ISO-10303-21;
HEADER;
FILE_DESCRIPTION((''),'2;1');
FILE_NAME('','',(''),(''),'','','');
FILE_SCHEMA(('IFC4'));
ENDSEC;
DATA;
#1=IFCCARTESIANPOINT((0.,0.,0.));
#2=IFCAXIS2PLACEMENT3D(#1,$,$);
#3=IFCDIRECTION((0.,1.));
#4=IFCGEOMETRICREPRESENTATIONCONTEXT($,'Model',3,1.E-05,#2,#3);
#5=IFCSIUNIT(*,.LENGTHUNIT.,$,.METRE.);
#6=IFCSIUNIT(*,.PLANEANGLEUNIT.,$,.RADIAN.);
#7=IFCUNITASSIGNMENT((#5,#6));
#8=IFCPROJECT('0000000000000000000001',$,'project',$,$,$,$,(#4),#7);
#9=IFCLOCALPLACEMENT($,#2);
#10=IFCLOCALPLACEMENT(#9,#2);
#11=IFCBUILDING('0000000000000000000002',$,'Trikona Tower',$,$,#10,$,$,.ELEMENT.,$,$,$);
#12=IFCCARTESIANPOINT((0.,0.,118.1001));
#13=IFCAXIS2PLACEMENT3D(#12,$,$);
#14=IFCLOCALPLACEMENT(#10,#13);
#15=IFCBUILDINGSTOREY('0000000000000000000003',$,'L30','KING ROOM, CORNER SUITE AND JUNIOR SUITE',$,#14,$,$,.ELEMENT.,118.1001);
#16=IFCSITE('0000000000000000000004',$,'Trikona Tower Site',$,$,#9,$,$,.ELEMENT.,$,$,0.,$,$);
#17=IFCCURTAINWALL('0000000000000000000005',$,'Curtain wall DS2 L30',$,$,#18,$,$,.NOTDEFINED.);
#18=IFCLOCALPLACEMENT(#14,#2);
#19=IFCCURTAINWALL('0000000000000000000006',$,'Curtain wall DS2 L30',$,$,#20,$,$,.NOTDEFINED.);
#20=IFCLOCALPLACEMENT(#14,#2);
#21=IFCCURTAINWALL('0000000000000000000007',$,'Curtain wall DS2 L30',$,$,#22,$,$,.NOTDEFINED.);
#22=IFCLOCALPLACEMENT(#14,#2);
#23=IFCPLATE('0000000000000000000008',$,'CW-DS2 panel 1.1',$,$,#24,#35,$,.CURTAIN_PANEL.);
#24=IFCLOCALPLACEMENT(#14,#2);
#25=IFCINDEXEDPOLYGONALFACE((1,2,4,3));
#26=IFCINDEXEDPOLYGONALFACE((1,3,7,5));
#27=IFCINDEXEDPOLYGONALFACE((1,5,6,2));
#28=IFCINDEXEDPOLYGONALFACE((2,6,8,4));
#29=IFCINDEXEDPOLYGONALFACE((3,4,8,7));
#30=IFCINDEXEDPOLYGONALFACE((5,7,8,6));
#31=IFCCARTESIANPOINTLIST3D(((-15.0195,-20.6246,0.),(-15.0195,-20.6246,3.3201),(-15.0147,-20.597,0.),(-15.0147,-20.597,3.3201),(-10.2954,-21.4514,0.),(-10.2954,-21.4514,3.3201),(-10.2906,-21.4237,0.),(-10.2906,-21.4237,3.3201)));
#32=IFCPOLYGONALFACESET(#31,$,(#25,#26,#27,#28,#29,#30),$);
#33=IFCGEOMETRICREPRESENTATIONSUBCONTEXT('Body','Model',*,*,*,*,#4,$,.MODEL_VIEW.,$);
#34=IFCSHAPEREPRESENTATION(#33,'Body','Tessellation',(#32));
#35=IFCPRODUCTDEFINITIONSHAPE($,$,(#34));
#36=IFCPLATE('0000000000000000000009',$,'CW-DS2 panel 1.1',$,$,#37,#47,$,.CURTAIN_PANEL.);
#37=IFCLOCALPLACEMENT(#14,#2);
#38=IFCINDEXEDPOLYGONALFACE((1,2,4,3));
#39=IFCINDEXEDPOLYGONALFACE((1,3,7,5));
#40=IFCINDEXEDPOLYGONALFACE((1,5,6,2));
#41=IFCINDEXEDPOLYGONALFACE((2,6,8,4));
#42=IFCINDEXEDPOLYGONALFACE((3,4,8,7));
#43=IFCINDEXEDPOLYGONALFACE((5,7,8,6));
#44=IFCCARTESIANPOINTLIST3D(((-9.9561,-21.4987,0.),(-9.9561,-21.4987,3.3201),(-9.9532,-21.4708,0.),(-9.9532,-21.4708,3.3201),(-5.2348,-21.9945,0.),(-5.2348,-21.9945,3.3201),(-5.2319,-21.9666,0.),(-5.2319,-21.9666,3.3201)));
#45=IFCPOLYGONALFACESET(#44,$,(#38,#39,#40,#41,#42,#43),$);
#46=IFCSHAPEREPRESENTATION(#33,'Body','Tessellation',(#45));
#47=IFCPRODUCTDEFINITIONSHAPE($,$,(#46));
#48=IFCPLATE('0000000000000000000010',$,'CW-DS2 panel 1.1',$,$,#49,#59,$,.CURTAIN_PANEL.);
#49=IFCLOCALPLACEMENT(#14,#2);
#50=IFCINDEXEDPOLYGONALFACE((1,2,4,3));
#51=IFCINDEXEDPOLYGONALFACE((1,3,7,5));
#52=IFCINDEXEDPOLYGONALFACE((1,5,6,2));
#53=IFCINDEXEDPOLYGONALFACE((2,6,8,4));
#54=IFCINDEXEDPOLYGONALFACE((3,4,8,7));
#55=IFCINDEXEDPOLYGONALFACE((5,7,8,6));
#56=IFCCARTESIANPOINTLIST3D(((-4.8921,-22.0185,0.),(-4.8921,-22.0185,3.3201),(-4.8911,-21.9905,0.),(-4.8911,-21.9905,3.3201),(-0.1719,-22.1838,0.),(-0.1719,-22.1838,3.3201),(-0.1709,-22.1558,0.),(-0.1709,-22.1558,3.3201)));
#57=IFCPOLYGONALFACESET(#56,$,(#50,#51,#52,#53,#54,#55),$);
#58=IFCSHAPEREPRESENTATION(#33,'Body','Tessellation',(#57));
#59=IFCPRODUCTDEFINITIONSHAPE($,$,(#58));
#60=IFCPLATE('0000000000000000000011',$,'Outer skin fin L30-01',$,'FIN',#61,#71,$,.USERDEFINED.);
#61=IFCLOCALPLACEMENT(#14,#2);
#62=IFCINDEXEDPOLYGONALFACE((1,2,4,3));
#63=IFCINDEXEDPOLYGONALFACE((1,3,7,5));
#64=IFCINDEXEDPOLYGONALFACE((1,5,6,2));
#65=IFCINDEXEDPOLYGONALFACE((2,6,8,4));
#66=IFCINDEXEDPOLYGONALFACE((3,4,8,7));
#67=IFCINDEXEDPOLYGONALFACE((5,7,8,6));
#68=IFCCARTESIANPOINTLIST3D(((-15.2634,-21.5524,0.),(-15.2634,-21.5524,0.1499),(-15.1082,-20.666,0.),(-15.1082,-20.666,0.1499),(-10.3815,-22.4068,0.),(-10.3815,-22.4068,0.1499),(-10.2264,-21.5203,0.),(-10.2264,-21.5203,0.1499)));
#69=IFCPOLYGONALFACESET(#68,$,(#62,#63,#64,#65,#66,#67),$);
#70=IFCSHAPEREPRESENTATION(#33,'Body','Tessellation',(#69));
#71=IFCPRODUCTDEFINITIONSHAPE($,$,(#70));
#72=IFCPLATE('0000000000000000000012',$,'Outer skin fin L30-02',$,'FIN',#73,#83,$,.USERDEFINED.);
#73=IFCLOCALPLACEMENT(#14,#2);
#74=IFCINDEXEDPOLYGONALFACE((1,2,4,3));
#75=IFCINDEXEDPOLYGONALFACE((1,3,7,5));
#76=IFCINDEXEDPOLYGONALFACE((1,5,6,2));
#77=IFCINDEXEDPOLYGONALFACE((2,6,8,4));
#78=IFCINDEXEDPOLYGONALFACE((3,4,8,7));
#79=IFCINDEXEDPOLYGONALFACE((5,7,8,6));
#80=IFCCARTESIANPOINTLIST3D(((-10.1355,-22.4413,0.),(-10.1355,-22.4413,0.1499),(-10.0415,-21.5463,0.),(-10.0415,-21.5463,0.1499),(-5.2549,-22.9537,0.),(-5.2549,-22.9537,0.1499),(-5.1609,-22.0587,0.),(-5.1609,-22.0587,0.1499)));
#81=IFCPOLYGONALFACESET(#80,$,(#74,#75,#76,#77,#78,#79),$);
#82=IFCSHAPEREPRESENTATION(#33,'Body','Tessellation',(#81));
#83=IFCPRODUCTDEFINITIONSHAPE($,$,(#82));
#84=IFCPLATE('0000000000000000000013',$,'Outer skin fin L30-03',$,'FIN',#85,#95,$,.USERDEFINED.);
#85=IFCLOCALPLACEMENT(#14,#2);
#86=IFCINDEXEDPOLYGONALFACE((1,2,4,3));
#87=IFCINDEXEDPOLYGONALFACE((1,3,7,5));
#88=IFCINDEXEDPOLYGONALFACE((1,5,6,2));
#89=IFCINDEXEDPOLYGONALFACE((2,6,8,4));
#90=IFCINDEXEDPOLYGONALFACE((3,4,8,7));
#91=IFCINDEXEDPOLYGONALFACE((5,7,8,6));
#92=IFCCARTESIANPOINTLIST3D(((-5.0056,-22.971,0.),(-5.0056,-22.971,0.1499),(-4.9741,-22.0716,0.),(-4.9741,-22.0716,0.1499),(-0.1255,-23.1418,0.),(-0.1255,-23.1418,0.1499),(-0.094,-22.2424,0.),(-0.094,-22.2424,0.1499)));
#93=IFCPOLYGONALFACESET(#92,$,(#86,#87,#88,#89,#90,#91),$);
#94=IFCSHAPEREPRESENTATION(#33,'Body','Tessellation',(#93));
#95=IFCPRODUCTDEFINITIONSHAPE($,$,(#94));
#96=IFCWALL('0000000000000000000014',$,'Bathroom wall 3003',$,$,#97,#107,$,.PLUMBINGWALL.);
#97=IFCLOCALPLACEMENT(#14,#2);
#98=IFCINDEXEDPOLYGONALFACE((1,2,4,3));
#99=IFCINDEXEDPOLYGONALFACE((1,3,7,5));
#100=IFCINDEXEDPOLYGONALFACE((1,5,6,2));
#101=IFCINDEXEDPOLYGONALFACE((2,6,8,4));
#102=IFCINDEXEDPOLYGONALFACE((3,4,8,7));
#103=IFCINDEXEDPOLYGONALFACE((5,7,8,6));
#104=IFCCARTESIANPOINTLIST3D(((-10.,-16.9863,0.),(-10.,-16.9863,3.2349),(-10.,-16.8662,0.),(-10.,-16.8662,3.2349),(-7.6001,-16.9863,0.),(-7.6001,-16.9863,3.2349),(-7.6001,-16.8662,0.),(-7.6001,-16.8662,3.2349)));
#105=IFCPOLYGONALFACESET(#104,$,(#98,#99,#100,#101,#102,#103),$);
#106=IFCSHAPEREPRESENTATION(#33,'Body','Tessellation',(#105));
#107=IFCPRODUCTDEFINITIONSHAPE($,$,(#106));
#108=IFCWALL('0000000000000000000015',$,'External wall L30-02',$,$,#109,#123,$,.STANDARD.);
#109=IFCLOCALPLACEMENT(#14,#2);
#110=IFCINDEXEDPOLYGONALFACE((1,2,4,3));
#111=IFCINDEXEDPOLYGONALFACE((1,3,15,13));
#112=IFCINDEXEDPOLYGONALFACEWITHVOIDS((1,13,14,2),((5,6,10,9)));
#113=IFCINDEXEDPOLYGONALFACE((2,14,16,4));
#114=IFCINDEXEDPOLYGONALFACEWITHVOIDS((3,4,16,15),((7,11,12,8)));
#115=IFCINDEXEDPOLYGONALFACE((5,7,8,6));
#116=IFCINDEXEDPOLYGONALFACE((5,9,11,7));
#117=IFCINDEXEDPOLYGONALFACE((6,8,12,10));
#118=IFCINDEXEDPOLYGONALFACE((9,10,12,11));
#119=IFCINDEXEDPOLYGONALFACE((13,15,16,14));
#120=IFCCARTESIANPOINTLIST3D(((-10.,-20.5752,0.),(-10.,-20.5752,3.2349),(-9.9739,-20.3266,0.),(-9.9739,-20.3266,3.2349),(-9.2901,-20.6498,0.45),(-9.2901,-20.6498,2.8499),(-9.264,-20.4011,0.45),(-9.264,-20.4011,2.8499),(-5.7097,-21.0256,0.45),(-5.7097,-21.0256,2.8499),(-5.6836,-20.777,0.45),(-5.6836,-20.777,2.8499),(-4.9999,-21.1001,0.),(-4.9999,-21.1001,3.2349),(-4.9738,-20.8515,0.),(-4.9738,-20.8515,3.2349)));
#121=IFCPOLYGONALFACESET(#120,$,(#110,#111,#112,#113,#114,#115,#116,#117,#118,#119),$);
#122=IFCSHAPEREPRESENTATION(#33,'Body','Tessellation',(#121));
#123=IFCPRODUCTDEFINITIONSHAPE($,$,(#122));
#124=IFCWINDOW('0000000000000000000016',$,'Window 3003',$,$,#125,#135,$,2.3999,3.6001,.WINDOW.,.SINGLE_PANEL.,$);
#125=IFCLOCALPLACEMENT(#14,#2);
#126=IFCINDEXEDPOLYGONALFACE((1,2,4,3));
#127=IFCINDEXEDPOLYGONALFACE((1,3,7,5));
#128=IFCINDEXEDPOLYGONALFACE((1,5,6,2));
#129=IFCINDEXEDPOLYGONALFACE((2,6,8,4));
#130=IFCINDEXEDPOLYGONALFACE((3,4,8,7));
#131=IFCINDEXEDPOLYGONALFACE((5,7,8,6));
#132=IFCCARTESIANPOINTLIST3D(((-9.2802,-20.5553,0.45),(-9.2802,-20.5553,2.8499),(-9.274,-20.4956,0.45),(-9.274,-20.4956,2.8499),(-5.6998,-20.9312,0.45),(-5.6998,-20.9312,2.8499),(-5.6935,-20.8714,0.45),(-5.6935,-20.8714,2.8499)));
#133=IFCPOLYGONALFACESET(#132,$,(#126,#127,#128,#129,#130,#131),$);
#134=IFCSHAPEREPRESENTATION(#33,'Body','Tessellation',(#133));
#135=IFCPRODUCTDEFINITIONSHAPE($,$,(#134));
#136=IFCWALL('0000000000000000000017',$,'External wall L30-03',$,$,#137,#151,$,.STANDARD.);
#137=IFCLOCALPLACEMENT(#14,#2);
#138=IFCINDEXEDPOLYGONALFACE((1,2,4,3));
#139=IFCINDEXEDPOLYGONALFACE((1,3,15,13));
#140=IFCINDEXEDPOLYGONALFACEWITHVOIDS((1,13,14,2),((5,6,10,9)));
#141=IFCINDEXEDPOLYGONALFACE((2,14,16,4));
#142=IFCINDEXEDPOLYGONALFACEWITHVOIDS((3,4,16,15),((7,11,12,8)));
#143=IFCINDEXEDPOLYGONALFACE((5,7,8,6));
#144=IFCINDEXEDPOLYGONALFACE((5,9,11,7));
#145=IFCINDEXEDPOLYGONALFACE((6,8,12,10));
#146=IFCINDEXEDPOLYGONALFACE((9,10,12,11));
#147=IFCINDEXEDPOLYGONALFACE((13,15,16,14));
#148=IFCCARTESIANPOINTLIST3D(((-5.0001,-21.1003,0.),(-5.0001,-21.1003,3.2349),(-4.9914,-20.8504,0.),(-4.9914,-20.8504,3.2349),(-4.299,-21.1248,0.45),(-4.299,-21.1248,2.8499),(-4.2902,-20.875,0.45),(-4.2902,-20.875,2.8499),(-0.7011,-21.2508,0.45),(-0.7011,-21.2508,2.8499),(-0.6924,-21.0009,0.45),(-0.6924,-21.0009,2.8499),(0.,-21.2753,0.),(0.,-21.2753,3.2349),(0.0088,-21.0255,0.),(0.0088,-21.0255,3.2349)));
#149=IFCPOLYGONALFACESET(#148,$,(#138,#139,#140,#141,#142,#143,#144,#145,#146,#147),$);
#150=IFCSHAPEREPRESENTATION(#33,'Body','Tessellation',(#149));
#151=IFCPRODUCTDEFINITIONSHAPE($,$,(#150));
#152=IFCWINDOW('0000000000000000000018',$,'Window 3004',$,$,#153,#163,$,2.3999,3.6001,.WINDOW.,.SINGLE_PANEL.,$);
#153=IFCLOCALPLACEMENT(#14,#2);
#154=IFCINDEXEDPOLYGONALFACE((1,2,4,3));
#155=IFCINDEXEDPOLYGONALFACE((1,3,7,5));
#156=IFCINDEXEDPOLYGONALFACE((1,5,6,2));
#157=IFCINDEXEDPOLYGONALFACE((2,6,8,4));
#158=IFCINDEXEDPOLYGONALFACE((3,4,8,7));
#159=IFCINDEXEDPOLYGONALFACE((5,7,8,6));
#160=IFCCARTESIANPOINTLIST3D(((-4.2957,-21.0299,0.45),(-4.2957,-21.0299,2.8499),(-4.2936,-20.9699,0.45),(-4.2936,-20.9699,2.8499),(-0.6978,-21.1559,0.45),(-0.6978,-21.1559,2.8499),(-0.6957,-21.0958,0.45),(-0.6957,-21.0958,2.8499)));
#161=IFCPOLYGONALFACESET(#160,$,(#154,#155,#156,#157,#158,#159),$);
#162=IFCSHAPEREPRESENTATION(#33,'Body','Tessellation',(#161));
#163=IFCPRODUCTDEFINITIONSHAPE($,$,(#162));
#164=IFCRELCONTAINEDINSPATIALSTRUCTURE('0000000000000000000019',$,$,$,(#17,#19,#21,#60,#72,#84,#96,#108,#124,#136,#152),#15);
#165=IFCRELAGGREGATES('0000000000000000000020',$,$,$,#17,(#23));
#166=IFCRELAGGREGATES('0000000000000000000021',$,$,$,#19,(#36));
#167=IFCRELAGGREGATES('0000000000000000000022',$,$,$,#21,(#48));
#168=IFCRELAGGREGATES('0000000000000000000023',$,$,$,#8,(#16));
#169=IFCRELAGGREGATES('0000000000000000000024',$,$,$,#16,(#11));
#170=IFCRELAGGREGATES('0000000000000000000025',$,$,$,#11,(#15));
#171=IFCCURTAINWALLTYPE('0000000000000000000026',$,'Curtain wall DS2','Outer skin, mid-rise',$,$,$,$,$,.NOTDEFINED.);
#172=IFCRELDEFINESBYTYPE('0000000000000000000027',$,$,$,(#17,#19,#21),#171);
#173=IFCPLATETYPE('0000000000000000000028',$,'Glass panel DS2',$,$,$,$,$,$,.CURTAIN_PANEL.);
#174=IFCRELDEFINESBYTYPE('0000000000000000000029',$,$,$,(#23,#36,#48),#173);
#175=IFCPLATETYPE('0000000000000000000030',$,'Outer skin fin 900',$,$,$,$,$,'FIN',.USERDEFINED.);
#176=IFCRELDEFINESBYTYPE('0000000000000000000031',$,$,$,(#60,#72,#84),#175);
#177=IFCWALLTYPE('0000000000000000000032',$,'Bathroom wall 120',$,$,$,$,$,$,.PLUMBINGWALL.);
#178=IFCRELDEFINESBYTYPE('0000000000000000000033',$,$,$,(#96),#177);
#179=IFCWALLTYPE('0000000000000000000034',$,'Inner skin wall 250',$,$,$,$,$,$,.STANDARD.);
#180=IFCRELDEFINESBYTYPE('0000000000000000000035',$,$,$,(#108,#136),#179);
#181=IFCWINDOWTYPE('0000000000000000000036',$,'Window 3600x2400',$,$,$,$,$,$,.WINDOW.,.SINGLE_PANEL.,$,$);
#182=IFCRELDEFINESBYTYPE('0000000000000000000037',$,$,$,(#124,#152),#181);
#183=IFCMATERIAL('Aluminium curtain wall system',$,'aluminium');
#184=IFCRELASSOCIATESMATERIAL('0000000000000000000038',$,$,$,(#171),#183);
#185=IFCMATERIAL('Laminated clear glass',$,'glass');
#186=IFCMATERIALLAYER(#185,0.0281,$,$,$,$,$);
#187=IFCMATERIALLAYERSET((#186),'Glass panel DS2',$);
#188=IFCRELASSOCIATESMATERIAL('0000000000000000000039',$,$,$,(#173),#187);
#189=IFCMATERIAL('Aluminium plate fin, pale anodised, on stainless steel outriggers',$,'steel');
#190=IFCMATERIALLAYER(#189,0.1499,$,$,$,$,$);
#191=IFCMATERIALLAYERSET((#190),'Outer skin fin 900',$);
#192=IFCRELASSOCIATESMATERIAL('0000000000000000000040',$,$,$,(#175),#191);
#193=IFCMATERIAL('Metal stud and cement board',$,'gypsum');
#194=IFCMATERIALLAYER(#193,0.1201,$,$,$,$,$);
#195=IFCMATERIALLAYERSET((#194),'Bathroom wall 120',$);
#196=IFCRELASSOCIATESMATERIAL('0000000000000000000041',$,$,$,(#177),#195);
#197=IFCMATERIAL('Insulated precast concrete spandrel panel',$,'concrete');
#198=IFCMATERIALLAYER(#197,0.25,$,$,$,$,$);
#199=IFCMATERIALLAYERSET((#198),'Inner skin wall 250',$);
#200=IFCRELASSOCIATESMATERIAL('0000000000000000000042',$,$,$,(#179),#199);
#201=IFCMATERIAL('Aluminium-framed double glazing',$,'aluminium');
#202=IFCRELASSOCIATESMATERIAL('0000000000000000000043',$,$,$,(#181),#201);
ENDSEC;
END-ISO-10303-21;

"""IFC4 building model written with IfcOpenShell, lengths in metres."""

from ifc_helpers import new_model, si_unit, direction, frame, frame_2d, origin, origin_2d, place, context, subcontext, project, spatial, rectangle, extrude, material, layer, layer_set, type_object, element, fill, aggregate, save


model = new_model("IFC4")

# Units and contexts
model_context = context("Model", 3, precision=1e-05, world=origin(), true_north=direction((0.0, 1.0)))
body_context = subcontext(model_context, "Body", "Model", "MODEL_VIEW")
ifc_project = project(units=[si_unit("LENGTHUNIT", "METRE"), si_unit("PLANEANGLEUNIT", "RADIAN")], contexts=[model_context])

# Site, building, storey
site_placement = place(None, origin())
site = spatial("IfcSite", under=ifc_project, at=site_placement, Name="Trikona Tower Site", CompositionType="ELEMENT", RefElevation=0.0)
building_placement = place(site_placement, origin())
building = spatial("IfcBuilding", under=site, at=building_placement, Name="Trikona Tower", CompositionType="ELEMENT")
storey_placement = place(building_placement, frame((0.0, 0.0, 118.1001)))
storey = spatial("IfcBuildingStorey", under=building, at=storey_placement, Name="L30", Description="KING ROOM, CORNER SUITE AND JUNIOR SUITE", CompositionType="ELEMENT", Elevation=118.1001)

# Curtain wall
ifc_material_1 = material(Name="Aluminium curtain wall system", Category="aluminium")
curtain_wall_type = type_object("IfcCurtainWallType", Name="Curtain wall DS2", Description="Outer skin, mid-rise", PredefinedType="NOTDEFINED", material=ifc_material_1)
curtain_wall_1_placement = place(storey_placement, origin())
curtain_wall_1 = element("IfcCurtainWall", 1, at=curtain_wall_1_placement, inside=storey, type_object=curtain_wall_type, Name="Curtain wall DS2 L30", PredefinedType="NOTDEFINED")

# Curtain walls
curtain_wall_2_placement = place(storey_placement, origin())
curtain_wall_2 = element("IfcCurtainWall", 2, at=curtain_wall_2_placement, inside=storey, type_object=curtain_wall_type, Name="Curtain wall DS2 L30", PredefinedType="NOTDEFINED")
curtain_wall_3_placement = place(storey_placement, origin())
curtain_wall_3 = element("IfcCurtainWall", 3, at=curtain_wall_3_placement, inside=storey, type_object=curtain_wall_type, Name="Curtain wall DS2 L30", PredefinedType="NOTDEFINED")

# Plates
ifc_material_2 = material(Name="Laminated clear glass", Category="glass")
ifc_layer_1 = layer(ifc_material_2, 0.0281)
ifc_layer_set_1 = layer_set([ifc_layer_1], Name="Glass panel DS2")
plate_type_1 = type_object("IfcPlateType", Name="Glass panel DS2", PredefinedType="CURTAIN_PANEL", material=ifc_layer_set_1)
plate_1_placement = place(storey_placement, frame((-12.655, -21.0242, 0.0), z_axis=(0.0, 0.0, 1.0), x_axis=(0.985031, -0.172377, 0.0)))
plate_1 = element("IfcPlate", 4, at=plate_1_placement, type_object=plate_type_1, Name="CW-DS2 panel 1.1", PredefinedType="CURTAIN_PANEL", context=body_context, shape_type="SweptSolid", body=[
    extrude(rectangle(XDim=4.7959, YDim=0.0281, at=origin_2d()), origin(), (0.0, 0.0, 1.0), 3.3201),
])
aggregate(curtain_wall_1, [plate_1])
plate_2_placement = place(storey_placement, frame((-7.594, -21.7327, 0.0), z_axis=(0.0, 0.0, 1.0), x_axis=(0.994532, -0.104433, 0.0)))
plate_2 = element("IfcPlate", 5, at=plate_2_placement, type_object=plate_type_1, Name="CW-DS2 panel 1.1", PredefinedType="CURTAIN_PANEL", context=body_context, shape_type="SweptSolid", body=[
    extrude(rectangle(XDim=4.7473, YDim=0.0281, at=origin_2d()), origin(), (0.0, 0.0, 1.0), 3.3201),
])
aggregate(curtain_wall_2, [plate_2])
plate_3_placement = place(storey_placement, frame((-2.5315, -22.0872, 0.0), z_axis=(0.0, 0.0, 1.0), x_axis=(0.999387, -0.034998, 0.0)))
plate_3 = element("IfcPlate", 6, at=plate_3_placement, type_object=plate_type_1, Name="CW-DS2 panel 1.1", PredefinedType="CURTAIN_PANEL", context=body_context, shape_type="SweptSolid", body=[
    extrude(rectangle(XDim=4.7231, YDim=0.0281, at=origin_2d()), origin(), (0.0, 0.0, 1.0), 3.3201),
])
aggregate(curtain_wall_3, [plate_3])

# Plates
ifc_material_3 = material(Name="Aluminium plate fin, pale anodised, on stainless steel outriggers", Category="steel")
ifc_layer_2 = layer(ifc_material_3, 0.1499)
ifc_layer_set_2 = layer_set([ifc_layer_2], Name="Outer skin fin 900")
plate_type_2 = type_object("IfcPlateType", Name="Outer skin fin 900", ElementType="FIN", PredefinedType="USERDEFINED", material=ifc_layer_set_2)
plate_4_placement = place(storey_placement, frame((-12.7449, -21.5364, 0.0), z_axis=(0.0, 0.0, 1.0), x_axis=(0.985031, -0.17238, 0.0)))
element("IfcPlate", 7, at=plate_4_placement, inside=storey, type_object=plate_type_2, Name="Outer skin fin L30-01", ObjectType="FIN", PredefinedType="USERDEFINED", context=body_context, shape_type="SweptSolid", body=[
    extrude(rectangle(XDim=4.9561, YDim=0.8999, at=origin_2d()), origin(), (0.0, 0.0, 1.0), 0.1499),
])
plate_5_placement = place(storey_placement, frame((-7.6482, -22.25, 0.0), z_axis=(0.0, 0.0, 1.0), x_axis=(0.994533, -0.104426, 0.0)))
element("IfcPlate", 8, at=plate_5_placement, inside=storey, type_object=plate_type_2, Name="Outer skin fin L30-02", ObjectType="FIN", PredefinedType="USERDEFINED", context=body_context, shape_type="SweptSolid", body=[
    extrude(rectangle(XDim=4.9075, YDim=0.8999, at=origin_2d()), origin(), (0.0, 0.0, 1.0), 0.1499),
])
plate_6_placement = place(storey_placement, frame((-2.5498, -22.6067, 0.0), z_axis=(0.0, 0.0, 1.0), x_axis=(0.999388, -0.034978, 0.0)))
element("IfcPlate", 9, at=plate_6_placement, inside=storey, type_object=plate_type_2, Name="Outer skin fin L30-03", ObjectType="FIN", PredefinedType="USERDEFINED", context=body_context, shape_type="SweptSolid", body=[
    extrude(rectangle(XDim=4.8831, YDim=0.8999, at=origin_2d()), origin(), (0.0, 0.0, 1.0), 0.1499),
])

# Wall
ifc_material_4 = material(Name="Metal stud and cement board", Category="gypsum")
ifc_layer_3 = layer(ifc_material_4, 0.1201)
ifc_layer_set_3 = layer_set([ifc_layer_3], Name="Bathroom wall 120")
wall_type_1 = type_object("IfcWallType", Name="Bathroom wall 120", PredefinedType="PLUMBINGWALL", material=ifc_layer_set_3)
wall_1_placement = place(storey_placement, frame((-10.0, -16.9263, 0.0), z_axis=(0.0, 0.0, 1.0), x_axis=(1.0, 0.0, 0.0)))
element("IfcWall", 10, at=wall_1_placement, inside=storey, type_object=wall_type_1, Name="Bathroom wall 3003", PredefinedType="PLUMBINGWALL", context=body_context, shape_type="SweptSolid", body=[
    extrude(rectangle(XDim=2.3999, YDim=0.1201, at=frame_2d((1.2, 0.0))), origin(), (0.0, 0.0, 1.0), 3.2349),
])

# Walls, openings, windows
ifc_material_5 = material(Name="Insulated precast concrete spandrel panel", Category="concrete")
ifc_layer_4 = layer(ifc_material_5, 0.25)
ifc_layer_set_4 = layer_set([ifc_layer_4], Name="Inner skin wall 250")
wall_type_2 = type_object("IfcWallType", Name="Inner skin wall 250", PredefinedType="STANDARD", material=ifc_layer_set_4)
wall_2_placement = place(storey_placement, frame((-9.9868, -20.4509, 0.0), z_axis=(0.0, 0.0, 1.0), x_axis=(0.994535, -0.104407, 0.0)))
wall_2 = element("IfcWall", 11, at=wall_2_placement, inside=storey, type_object=wall_type_2, Name="External wall L30-02", PredefinedType="STANDARD", context=body_context, shape_type="SweptSolid", body=[
    extrude(rectangle(XDim=5.0276, YDim=0.25, at=frame_2d((2.5137, 0.0))), origin(), (0.0, 0.0, 1.0), 3.2349),
])
opening_1_placement = place(wall_2_placement, frame((0.7136, 0.0, 0.45)))
opening_1 = element("IfcOpeningElement", 12, at=opening_1_placement, cuts=wall_2, PredefinedType="OPENING", context=body_context, shape_type="SweptSolid", body=[
    extrude(rectangle(XDim=3.6001, YDim=2.3999, at=frame_2d((1.8, 1.2))), frame((0.0, 0.135, 0.0), z_axis=(0.0, -1.0, 0.0), x_axis=(1.0, 0.0, 0.0)), (0.0, 0.0, 1.0), 0.27),
])
ifc_material_6 = material(Name="Aluminium-framed double glazing", Category="aluminium")
window_type = type_object("IfcWindowType", Name="Window 3600x2400", PartitioningType="SINGLE_PANEL", PredefinedType="WINDOW", material=ifc_material_6)
window_1_placement = place(opening_1_placement, origin())
window_1 = element("IfcWindow", 13, at=window_1_placement, inside=storey, type_object=window_type, Name="Window 3003", OverallHeight=2.3999, OverallWidth=3.6001, PartitioningType="SINGLE_PANEL", PredefinedType="WINDOW", context=body_context, shape_type="SweptSolid", body=[
    extrude(rectangle(XDim=3.6001, YDim=2.3999, at=frame_2d((1.8, 1.2))), frame((0.0, 0.03, 0.0), z_axis=(0.0, -1.0, 0.0), x_axis=(1.0, 0.0, 0.0)), (0.0, 0.0, 1.0), 0.0601),
])
fill(opening_1, window_1)
wall_3_placement = place(storey_placement, frame((-4.9956, -20.9753, 0.0), z_axis=(0.0, 0.0, 1.0), x_axis=(0.999388, -0.034988, 0.0)))
wall_3 = element("IfcWall", 14, at=wall_3_placement, inside=storey, type_object=wall_type_2, Name="External wall L30-03", PredefinedType="STANDARD", context=body_context, shape_type="SweptSolid", body=[
    extrude(rectangle(XDim=5.0032, YDim=0.25, at=frame_2d((2.5015, 0.0))), origin(), (0.0, 0.0, 1.0), 3.2349),
])
opening_2_placement = place(wall_3_placement, frame((0.7014, 0.0, 0.45)))
opening_2 = element("IfcOpeningElement", 15, at=opening_2_placement, cuts=wall_3, PredefinedType="OPENING", context=body_context, shape_type="SweptSolid", body=[
    extrude(rectangle(XDim=3.6001, YDim=2.3999, at=frame_2d((1.8, 1.2))), frame((0.0, 0.135, 0.0), z_axis=(0.0, -1.0, 0.0), x_axis=(1.0, 0.0, 0.0)), (0.0, 0.0, 1.0), 0.27),
])
window_2_placement = place(opening_2_placement, origin())
window_2 = element("IfcWindow", 16, at=window_2_placement, inside=storey, type_object=window_type, Name="Window 3004", OverallHeight=2.3999, OverallWidth=3.6001, PartitioningType="SINGLE_PANEL", PredefinedType="WINDOW", context=body_context, shape_type="SweptSolid", body=[
    extrude(rectangle(XDim=3.6001, YDim=2.3999, at=frame_2d((1.8, 1.2))), frame((0.0, 0.03, 0.0), z_axis=(0.0, -1.0, 0.0), x_axis=(1.0, 0.0, 0.0)), (0.0, 0.0, 1.0), 0.0601),
])
fill(opening_2, window_2)

save(model, "model.ifc")
